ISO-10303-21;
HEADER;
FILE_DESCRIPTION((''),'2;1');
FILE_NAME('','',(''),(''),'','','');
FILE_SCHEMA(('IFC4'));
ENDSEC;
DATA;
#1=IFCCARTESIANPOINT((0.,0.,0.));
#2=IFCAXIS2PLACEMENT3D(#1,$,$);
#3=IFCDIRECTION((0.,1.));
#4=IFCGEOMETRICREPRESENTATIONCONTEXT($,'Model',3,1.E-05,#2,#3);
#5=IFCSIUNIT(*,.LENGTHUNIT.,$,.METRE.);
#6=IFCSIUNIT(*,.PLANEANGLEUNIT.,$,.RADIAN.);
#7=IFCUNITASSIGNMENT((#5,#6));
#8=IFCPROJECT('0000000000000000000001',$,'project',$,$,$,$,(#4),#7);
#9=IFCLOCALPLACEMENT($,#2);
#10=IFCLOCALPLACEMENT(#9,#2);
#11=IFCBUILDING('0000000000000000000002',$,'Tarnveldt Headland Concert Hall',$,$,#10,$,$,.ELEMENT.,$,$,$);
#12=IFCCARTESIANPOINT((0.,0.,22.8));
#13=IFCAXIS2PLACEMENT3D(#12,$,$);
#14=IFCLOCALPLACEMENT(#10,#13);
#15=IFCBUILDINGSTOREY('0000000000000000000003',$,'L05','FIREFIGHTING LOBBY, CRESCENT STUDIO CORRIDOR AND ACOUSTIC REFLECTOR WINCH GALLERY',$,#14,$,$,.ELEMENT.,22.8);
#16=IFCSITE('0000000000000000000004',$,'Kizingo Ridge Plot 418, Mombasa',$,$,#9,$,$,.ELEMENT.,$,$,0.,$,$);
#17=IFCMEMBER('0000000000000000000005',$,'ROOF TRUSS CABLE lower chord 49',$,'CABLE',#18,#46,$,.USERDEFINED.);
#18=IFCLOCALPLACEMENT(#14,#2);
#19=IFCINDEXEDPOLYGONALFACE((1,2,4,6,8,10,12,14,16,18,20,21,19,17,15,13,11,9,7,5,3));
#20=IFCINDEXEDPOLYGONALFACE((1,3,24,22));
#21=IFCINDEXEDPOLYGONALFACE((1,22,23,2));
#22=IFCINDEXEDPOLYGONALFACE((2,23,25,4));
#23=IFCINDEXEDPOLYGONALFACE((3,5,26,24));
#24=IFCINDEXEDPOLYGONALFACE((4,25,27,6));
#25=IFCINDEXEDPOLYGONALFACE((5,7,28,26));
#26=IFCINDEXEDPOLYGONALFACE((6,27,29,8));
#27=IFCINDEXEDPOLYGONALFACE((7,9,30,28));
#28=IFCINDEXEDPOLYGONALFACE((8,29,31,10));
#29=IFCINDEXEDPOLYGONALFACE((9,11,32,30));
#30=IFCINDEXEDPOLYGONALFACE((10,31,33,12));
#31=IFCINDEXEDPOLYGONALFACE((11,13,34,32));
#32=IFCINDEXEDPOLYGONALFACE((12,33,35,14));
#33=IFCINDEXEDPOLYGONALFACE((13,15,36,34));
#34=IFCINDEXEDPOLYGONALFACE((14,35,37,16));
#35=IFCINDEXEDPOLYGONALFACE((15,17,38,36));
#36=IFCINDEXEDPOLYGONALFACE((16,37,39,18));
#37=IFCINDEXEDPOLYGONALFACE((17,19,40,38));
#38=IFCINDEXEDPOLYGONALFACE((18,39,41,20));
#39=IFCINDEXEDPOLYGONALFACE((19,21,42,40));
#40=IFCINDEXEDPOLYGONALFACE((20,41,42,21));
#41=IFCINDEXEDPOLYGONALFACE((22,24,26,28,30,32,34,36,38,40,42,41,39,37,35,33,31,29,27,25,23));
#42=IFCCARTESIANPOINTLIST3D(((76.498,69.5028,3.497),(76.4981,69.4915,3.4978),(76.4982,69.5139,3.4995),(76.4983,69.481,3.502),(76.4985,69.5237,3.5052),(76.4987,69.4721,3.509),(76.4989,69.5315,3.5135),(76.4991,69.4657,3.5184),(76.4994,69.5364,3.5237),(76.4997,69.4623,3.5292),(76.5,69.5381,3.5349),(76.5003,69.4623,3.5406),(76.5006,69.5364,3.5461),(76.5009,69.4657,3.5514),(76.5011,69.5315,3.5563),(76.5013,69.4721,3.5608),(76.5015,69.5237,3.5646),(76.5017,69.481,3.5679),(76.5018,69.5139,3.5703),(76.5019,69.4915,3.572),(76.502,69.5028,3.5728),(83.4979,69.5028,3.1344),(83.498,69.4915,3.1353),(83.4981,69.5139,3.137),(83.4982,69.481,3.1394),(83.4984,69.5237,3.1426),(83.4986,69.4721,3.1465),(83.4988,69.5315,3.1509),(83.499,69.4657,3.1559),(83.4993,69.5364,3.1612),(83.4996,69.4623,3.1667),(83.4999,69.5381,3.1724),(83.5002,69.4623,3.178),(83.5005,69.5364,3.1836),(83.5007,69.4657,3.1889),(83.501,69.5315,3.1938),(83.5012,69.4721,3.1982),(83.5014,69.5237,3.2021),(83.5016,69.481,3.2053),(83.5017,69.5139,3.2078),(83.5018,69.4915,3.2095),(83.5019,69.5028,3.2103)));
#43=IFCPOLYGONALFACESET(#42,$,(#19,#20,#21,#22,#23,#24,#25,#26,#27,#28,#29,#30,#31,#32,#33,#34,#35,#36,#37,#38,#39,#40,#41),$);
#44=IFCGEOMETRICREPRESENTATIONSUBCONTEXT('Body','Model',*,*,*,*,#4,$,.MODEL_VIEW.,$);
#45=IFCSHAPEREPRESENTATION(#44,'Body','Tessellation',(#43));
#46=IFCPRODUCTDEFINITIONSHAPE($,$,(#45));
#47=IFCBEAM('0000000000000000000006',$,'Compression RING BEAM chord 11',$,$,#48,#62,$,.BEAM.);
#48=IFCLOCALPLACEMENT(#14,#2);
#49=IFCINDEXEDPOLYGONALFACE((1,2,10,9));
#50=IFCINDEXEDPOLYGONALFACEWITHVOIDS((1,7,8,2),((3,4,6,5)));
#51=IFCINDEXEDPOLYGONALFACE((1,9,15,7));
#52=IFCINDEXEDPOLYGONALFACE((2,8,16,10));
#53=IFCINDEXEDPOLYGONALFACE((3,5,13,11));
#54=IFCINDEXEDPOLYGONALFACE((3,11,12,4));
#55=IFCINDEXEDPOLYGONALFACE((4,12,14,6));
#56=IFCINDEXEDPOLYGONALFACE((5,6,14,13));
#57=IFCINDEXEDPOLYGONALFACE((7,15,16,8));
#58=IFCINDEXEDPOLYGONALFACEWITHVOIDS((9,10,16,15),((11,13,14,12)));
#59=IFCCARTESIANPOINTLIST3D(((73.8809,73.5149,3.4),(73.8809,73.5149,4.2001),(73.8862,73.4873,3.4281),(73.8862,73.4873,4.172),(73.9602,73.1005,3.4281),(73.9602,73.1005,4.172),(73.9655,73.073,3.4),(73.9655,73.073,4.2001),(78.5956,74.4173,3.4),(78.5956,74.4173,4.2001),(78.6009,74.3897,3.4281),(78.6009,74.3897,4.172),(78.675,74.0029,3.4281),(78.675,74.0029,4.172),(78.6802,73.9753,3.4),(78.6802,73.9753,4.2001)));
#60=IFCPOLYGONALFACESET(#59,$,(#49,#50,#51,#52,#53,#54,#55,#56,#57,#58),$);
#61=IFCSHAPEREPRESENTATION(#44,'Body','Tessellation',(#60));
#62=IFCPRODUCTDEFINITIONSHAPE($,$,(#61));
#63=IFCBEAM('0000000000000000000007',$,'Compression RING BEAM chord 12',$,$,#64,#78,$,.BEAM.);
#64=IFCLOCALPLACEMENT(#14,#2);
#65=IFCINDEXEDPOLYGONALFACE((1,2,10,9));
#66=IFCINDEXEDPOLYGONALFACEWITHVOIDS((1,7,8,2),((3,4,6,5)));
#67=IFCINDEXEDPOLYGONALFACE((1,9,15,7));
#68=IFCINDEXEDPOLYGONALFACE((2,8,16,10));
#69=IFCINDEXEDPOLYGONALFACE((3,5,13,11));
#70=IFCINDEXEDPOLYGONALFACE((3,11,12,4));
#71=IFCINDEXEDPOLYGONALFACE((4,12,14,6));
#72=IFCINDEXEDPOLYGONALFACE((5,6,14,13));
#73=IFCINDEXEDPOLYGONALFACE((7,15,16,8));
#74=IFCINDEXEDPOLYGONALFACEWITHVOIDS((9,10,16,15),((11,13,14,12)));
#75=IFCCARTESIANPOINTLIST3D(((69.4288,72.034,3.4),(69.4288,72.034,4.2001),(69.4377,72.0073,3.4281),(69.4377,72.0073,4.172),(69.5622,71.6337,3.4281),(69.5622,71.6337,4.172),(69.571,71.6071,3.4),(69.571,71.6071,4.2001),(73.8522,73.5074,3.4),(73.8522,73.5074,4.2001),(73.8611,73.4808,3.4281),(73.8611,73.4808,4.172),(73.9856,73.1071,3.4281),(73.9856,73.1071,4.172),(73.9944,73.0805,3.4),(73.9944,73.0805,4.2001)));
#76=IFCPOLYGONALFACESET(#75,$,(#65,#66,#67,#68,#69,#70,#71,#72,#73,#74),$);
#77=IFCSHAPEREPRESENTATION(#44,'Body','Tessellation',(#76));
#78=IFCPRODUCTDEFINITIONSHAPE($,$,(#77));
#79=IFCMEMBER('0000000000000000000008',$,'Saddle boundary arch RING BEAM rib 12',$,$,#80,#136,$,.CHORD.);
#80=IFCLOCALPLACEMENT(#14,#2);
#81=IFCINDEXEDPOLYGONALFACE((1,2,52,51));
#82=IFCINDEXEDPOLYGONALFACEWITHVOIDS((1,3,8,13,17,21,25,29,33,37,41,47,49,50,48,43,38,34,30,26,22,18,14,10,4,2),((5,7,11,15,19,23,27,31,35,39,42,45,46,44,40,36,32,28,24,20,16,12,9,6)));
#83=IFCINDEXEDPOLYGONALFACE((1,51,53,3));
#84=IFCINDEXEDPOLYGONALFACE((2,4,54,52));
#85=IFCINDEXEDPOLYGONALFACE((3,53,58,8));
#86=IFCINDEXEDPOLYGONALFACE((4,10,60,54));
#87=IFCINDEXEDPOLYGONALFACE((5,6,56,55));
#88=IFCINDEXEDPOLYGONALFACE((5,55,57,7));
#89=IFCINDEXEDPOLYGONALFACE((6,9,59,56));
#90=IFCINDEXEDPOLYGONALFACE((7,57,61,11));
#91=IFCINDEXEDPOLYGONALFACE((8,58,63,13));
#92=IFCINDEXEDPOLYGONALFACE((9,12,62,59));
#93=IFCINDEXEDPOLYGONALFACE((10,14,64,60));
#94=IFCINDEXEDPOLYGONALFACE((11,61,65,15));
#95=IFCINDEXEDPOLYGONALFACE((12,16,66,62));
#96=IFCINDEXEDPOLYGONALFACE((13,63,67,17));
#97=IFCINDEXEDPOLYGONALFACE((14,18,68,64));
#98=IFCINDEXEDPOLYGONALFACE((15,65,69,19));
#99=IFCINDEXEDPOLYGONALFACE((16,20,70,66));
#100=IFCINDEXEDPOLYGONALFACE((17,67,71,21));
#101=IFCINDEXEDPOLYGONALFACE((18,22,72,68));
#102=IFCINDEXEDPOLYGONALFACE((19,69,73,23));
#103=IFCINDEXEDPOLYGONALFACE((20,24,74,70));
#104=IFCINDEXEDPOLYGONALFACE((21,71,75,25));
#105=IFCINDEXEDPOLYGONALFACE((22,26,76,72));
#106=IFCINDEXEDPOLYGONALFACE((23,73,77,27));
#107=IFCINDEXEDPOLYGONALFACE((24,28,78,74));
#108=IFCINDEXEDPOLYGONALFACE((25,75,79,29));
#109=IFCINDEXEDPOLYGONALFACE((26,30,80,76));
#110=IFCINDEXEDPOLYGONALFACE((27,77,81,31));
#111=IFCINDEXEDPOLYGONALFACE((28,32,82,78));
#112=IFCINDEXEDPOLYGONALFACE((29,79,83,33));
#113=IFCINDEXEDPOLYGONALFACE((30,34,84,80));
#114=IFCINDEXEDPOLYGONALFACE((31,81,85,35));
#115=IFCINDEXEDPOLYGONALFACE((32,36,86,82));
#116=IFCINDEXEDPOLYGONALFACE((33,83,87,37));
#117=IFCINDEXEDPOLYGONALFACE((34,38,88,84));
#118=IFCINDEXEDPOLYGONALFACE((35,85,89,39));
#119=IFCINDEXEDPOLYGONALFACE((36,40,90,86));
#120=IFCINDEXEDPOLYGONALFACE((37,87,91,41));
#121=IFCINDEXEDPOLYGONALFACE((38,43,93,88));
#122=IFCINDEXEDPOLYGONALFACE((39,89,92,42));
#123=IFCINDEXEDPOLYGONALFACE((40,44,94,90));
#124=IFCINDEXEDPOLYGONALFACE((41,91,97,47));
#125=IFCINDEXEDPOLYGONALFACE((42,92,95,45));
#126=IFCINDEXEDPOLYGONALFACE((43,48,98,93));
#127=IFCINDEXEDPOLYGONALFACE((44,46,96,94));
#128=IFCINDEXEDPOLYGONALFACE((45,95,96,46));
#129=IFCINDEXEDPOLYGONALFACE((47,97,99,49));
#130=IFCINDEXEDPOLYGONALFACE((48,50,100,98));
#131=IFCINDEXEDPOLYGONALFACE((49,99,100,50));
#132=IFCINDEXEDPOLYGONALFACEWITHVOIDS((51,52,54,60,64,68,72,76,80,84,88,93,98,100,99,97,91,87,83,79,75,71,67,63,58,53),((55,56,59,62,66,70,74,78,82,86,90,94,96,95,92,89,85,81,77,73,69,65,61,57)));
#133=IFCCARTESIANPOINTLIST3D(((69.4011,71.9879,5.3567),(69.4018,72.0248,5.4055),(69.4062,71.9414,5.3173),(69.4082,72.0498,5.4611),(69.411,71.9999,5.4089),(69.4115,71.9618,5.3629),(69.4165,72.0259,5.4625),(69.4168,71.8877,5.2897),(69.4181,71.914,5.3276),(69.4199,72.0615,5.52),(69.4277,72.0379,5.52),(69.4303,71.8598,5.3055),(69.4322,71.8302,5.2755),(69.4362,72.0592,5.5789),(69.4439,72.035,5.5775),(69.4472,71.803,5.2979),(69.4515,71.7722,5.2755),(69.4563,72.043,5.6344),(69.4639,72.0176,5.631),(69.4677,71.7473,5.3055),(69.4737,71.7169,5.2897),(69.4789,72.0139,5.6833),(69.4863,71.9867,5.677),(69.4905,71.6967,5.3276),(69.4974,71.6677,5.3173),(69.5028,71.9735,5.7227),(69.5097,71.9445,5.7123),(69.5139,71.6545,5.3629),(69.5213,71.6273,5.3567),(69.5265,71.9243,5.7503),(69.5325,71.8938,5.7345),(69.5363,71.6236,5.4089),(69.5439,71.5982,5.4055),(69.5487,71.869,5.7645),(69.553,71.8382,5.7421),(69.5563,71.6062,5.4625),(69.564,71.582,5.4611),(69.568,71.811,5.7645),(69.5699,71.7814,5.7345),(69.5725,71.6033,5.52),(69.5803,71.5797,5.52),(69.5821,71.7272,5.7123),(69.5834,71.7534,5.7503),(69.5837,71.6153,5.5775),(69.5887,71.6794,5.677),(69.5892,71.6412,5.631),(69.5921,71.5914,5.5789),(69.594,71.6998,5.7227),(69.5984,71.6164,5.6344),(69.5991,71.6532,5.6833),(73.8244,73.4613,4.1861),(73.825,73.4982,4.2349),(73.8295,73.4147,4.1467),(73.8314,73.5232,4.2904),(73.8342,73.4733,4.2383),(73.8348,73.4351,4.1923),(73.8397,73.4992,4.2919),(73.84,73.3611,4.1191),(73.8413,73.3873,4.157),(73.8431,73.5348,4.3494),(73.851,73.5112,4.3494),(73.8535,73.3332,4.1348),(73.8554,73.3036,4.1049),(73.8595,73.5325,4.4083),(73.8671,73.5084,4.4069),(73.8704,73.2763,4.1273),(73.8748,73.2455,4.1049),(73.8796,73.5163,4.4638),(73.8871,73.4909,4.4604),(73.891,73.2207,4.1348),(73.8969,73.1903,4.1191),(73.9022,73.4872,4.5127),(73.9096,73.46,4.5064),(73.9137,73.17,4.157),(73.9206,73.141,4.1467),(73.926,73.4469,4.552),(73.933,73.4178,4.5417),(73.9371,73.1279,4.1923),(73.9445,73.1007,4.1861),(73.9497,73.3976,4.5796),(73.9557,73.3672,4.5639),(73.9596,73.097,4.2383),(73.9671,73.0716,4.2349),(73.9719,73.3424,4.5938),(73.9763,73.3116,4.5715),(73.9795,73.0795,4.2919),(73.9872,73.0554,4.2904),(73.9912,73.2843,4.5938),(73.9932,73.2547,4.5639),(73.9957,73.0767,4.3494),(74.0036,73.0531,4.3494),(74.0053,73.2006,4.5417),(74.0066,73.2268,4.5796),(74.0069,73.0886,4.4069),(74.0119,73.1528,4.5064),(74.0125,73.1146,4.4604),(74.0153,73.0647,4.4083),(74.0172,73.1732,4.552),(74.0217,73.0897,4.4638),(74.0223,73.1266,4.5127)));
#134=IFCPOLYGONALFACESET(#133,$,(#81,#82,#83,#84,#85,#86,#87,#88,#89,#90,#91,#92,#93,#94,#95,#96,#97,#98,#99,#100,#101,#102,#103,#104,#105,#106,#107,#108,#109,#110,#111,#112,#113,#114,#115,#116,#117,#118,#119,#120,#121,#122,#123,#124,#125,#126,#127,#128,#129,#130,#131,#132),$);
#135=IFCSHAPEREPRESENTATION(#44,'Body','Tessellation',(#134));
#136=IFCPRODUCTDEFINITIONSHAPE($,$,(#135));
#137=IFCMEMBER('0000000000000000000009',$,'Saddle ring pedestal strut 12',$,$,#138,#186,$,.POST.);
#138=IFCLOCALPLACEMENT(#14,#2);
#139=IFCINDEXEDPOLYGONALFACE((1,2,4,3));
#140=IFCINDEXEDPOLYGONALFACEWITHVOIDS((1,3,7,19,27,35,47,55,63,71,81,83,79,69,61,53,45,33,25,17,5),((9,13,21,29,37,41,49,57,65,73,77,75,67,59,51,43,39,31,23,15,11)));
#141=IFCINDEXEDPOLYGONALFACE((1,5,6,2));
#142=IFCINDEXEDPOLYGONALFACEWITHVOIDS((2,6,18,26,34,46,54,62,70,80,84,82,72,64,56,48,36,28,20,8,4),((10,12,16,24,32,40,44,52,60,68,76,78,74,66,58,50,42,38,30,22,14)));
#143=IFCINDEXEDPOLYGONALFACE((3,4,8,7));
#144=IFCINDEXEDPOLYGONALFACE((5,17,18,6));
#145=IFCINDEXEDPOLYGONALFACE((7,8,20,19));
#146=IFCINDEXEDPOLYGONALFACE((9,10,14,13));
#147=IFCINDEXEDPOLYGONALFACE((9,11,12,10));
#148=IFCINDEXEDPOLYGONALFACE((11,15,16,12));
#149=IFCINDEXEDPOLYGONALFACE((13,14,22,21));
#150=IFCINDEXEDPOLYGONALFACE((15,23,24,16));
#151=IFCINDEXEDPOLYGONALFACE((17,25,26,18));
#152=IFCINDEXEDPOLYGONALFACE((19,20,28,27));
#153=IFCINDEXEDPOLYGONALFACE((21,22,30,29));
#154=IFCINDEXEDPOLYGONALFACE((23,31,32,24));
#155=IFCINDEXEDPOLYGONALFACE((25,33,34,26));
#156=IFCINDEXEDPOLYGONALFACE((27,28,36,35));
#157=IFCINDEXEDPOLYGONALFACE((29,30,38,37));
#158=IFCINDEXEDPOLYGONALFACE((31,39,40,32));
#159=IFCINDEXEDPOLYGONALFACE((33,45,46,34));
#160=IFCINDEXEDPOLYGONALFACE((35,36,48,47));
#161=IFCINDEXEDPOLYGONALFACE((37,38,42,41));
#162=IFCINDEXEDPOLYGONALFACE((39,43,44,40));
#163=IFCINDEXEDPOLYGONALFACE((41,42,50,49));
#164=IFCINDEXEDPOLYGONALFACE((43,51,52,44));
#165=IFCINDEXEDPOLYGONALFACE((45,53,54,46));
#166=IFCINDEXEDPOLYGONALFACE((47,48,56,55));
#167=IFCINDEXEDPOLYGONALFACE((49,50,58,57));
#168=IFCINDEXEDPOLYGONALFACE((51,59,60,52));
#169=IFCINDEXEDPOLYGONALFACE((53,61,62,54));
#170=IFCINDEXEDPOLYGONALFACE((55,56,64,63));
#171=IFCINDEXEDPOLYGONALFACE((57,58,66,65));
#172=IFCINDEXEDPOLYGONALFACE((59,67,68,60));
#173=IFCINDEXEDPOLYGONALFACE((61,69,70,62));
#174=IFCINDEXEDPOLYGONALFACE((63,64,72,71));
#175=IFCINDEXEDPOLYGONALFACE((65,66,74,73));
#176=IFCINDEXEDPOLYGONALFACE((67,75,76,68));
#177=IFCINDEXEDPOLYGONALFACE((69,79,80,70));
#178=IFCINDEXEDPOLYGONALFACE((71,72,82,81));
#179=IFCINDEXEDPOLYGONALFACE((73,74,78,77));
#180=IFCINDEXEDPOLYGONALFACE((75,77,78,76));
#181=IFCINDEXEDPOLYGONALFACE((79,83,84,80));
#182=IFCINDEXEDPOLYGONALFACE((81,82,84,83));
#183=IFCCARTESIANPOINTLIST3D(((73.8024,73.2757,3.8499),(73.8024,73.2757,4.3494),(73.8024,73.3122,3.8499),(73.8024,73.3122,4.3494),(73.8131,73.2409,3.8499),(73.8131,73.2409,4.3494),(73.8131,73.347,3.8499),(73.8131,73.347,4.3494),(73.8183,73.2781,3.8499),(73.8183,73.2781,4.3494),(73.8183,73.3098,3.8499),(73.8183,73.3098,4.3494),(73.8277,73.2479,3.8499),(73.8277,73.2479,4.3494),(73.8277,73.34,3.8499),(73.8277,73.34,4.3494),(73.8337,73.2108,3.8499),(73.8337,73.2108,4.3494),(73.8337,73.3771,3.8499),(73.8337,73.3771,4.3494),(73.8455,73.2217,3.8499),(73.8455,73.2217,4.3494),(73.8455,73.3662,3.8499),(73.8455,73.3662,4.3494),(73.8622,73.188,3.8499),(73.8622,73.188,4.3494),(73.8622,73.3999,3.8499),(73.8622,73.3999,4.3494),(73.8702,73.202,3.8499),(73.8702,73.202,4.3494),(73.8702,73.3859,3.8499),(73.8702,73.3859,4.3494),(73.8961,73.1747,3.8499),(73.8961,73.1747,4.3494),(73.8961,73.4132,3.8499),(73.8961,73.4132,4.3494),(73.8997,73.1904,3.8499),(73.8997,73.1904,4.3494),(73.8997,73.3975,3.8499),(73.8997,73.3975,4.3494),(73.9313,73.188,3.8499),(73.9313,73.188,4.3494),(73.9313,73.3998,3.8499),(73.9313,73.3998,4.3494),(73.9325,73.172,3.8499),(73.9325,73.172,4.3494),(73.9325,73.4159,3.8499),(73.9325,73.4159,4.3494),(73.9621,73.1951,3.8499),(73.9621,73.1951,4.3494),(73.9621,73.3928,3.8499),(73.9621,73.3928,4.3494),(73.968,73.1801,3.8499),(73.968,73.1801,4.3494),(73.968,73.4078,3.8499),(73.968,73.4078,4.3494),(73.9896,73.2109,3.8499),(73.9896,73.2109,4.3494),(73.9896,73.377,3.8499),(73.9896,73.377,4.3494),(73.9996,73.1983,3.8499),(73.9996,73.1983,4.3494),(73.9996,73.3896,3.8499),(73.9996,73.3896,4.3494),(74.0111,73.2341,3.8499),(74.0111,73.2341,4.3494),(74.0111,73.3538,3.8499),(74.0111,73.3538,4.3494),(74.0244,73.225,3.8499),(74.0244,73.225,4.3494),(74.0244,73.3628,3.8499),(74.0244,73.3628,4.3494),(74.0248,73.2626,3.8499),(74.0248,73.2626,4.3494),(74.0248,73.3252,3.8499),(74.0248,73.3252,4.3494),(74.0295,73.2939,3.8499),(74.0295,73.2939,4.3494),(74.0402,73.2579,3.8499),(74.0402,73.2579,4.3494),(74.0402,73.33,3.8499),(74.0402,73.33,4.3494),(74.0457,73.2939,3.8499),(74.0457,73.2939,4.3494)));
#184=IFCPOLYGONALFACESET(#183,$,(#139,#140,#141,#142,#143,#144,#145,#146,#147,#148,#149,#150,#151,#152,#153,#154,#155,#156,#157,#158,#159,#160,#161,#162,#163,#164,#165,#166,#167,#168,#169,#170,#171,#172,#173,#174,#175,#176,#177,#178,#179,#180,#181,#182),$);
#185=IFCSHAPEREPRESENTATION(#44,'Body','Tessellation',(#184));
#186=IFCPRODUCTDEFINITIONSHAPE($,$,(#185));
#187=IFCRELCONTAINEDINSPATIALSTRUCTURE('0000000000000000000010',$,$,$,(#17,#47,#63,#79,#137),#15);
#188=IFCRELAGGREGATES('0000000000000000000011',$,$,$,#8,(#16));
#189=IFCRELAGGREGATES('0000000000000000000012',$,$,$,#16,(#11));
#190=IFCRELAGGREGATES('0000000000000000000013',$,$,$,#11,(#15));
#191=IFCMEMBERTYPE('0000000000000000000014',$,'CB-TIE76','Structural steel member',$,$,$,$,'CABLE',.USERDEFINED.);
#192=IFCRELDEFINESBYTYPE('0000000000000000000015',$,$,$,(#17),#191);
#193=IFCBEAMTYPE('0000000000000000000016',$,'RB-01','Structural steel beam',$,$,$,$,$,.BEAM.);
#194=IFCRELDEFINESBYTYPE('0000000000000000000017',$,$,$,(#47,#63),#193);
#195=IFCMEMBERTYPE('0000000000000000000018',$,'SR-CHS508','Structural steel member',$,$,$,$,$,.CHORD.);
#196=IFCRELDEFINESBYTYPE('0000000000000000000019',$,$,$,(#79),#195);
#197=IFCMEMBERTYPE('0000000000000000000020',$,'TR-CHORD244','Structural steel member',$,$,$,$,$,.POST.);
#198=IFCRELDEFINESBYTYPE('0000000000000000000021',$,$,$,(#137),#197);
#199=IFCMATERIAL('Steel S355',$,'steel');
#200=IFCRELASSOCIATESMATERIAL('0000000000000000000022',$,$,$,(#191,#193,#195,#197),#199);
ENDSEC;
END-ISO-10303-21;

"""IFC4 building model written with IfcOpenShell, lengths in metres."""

from ifc_helpers import new_model, si_unit, direction, frame, origin, origin_2d, place, context, subcontext, project, spatial, hollow_rectangle, circle, hollow_circle, extrude, material, material_profile, profile_set, type_object, element, save


model = new_model("IFC4")

# Units and contexts
model_context = context("Model", 3, precision=1e-05, world=origin(), true_north=direction((0.0, 1.0)))
body_context = subcontext(model_context, "Body", "Model", "MODEL_VIEW")
ifc_project = project(units=[si_unit("LENGTHUNIT", "METRE"), si_unit("PLANEANGLEUNIT", "RADIAN")], contexts=[model_context])

# Site, building, storey
site_placement = place(None, origin())
site = spatial("IfcSite", under=ifc_project, at=site_placement, Name="Kizingo Ridge Plot 418, Mombasa", CompositionType="ELEMENT", RefElevation=0.0)
building_placement = place(site_placement, origin())
building = spatial("IfcBuilding", under=site, at=building_placement, Name="Tarnveldt Headland Concert Hall", CompositionType="ELEMENT")
storey_placement = place(building_placement, frame((0.0, 0.0, 22.8)))
storey = spatial("IfcBuildingStorey", under=building, at=storey_placement, Name="L05", Description="FIREFIGHTING LOBBY, CRESCENT STUDIO CORRIDOR AND ACOUSTIC REFLECTOR WINCH GALLERY", CompositionType="ELEMENT", Elevation=22.8)

# Member
ifc_material_1 = material(Name="Steel S355", Category="steel")
ifc_material_profile_1 = material_profile(ifc_material_1, circle(Radius=0.0381, at=origin_2d()), Name="LC D76", Category="steel")
ifc_profile_set_1 = profile_set([ifc_material_profile_1], Name="Steel S355")
member_type_1 = type_object("IfcMemberType", Name="CB-TIE76", Description="Structural steel member", ElementType="CABLE", PredefinedType="USERDEFINED", material=ifc_profile_set_1)
member_1_placement = place(storey_placement, frame((76.5, 69.5, 3.5349), z_axis=(0.998661, 0.0, -0.051723), x_axis=(0.0, 1.0, 0.0)))
element("IfcMember", 1, at=member_1_placement, inside=storey, type_object=member_type_1, Name="ROOF TRUSS CABLE lower chord 49", ObjectType="CABLE", PredefinedType="USERDEFINED", context=body_context, shape_type="SweptSolid", body=[
    extrude(circle(Radius=0.0381, at=origin_2d()), origin(), (0.0, 0.0, 1.0), 7.0093),
])

# Beams
ifc_material_profile_2 = material_profile(ifc_material_1, hollow_rectangle(XDim=0.45, YDim=0.8, WallThickness=0.0281, at=origin_2d()), Name="RHS 800x450x28", Category="steel")
ifc_profile_set_2 = profile_set([ifc_material_profile_2], Name="Steel S355")
beam_type = type_object("IfcBeamType", Name="RB-01", Description="Structural steel beam", PredefinedType="BEAM", material=ifc_profile_set_2)
beam_1_placement = place(storey_placement, frame((78.6379, 74.1963, 3.8), z_axis=(-0.982173, -0.187981, 0.0), x_axis=(0.187981, -0.982173, 0.0)))
element("IfcBeam", 2, at=beam_1_placement, inside=storey, type_object=beam_type, Name="Compression RING BEAM chord 11", PredefinedType="BEAM", context=body_context, shape_type="SweptSolid", body=[
    extrude(hollow_rectangle(XDim=0.45, YDim=0.8, WallThickness=0.0281, at=origin_2d()), origin(), (0.0, 0.0, 1.0), 4.8003),
])
beam_2_placement = place(storey_placement, frame((73.9233, 73.2939, 3.8), z_axis=(-0.948751, -0.316024, 0.0), x_axis=(0.316024, -0.948751, 0.0)))
element("IfcBeam", 3, at=beam_2_placement, inside=storey, type_object=beam_type, Name="Compression RING BEAM chord 12", PredefinedType="BEAM", context=body_context, shape_type="SweptSolid", body=[
    extrude(hollow_rectangle(XDim=0.45, YDim=0.8, WallThickness=0.0281, at=origin_2d()), origin(), (0.0, 0.0, 1.0), 4.6624),
])

# Members
ifc_material_profile_3 = material_profile(ifc_material_1, hollow_circle(Radius=0.2539, WallThickness=0.0249, at=origin_2d()), Name="CHS 508x25", Category="steel")
ifc_profile_set_3 = profile_set([ifc_material_profile_3], Name="Steel S355")
member_type_2 = type_object("IfcMemberType", Name="SR-CHS508", Description="Structural steel member", PredefinedType="CHORD", material=ifc_profile_set_3)
member_2_placement = place(storey_placement, frame((73.9233, 73.2939, 4.3494), z_axis=(-0.920187, -0.306509, 0.243531), x_axis=(0.316024, -0.948751, 0.0)))
element("IfcMember", 4, at=member_2_placement, inside=storey, type_object=member_type_2, Name="Saddle boundary arch RING BEAM rib 12", PredefinedType="CHORD", context=body_context, shape_type="SweptSolid", body=[
    extrude(hollow_circle(Radius=0.2539, WallThickness=0.0249, at=origin_2d()), origin(), (0.0, 0.0, 1.0), 4.8069),
])
ifc_material_profile_4 = material_profile(ifc_material_1, hollow_circle(Radius=0.1223, WallThickness=0.0161, at=origin_2d()), Name="CHS 244.5x16", Category="steel")
ifc_profile_set_4 = profile_set([ifc_material_profile_4], Name="Steel S355")
member_type_3 = type_object("IfcMemberType", Name="TR-CHORD244", Description="Structural steel member", PredefinedType="POST", material=ifc_profile_set_4)
member_3_placement = place(storey_placement, frame((73.9233, 73.2939, 3.8499), z_axis=(0.0, 0.0, 1.0), x_axis=(1.0, 0.0, 0.0)))
element("IfcMember", 5, at=member_3_placement, inside=storey, type_object=member_type_3, Name="Saddle ring pedestal strut 12", PredefinedType="POST", context=body_context, shape_type="SweptSolid", body=[
    extrude(hollow_circle(Radius=0.1223, WallThickness=0.0161, at=origin_2d()), origin(), (0.0, 0.0, 1.0), 0.4995),
])

save(model, "model.ifc")
